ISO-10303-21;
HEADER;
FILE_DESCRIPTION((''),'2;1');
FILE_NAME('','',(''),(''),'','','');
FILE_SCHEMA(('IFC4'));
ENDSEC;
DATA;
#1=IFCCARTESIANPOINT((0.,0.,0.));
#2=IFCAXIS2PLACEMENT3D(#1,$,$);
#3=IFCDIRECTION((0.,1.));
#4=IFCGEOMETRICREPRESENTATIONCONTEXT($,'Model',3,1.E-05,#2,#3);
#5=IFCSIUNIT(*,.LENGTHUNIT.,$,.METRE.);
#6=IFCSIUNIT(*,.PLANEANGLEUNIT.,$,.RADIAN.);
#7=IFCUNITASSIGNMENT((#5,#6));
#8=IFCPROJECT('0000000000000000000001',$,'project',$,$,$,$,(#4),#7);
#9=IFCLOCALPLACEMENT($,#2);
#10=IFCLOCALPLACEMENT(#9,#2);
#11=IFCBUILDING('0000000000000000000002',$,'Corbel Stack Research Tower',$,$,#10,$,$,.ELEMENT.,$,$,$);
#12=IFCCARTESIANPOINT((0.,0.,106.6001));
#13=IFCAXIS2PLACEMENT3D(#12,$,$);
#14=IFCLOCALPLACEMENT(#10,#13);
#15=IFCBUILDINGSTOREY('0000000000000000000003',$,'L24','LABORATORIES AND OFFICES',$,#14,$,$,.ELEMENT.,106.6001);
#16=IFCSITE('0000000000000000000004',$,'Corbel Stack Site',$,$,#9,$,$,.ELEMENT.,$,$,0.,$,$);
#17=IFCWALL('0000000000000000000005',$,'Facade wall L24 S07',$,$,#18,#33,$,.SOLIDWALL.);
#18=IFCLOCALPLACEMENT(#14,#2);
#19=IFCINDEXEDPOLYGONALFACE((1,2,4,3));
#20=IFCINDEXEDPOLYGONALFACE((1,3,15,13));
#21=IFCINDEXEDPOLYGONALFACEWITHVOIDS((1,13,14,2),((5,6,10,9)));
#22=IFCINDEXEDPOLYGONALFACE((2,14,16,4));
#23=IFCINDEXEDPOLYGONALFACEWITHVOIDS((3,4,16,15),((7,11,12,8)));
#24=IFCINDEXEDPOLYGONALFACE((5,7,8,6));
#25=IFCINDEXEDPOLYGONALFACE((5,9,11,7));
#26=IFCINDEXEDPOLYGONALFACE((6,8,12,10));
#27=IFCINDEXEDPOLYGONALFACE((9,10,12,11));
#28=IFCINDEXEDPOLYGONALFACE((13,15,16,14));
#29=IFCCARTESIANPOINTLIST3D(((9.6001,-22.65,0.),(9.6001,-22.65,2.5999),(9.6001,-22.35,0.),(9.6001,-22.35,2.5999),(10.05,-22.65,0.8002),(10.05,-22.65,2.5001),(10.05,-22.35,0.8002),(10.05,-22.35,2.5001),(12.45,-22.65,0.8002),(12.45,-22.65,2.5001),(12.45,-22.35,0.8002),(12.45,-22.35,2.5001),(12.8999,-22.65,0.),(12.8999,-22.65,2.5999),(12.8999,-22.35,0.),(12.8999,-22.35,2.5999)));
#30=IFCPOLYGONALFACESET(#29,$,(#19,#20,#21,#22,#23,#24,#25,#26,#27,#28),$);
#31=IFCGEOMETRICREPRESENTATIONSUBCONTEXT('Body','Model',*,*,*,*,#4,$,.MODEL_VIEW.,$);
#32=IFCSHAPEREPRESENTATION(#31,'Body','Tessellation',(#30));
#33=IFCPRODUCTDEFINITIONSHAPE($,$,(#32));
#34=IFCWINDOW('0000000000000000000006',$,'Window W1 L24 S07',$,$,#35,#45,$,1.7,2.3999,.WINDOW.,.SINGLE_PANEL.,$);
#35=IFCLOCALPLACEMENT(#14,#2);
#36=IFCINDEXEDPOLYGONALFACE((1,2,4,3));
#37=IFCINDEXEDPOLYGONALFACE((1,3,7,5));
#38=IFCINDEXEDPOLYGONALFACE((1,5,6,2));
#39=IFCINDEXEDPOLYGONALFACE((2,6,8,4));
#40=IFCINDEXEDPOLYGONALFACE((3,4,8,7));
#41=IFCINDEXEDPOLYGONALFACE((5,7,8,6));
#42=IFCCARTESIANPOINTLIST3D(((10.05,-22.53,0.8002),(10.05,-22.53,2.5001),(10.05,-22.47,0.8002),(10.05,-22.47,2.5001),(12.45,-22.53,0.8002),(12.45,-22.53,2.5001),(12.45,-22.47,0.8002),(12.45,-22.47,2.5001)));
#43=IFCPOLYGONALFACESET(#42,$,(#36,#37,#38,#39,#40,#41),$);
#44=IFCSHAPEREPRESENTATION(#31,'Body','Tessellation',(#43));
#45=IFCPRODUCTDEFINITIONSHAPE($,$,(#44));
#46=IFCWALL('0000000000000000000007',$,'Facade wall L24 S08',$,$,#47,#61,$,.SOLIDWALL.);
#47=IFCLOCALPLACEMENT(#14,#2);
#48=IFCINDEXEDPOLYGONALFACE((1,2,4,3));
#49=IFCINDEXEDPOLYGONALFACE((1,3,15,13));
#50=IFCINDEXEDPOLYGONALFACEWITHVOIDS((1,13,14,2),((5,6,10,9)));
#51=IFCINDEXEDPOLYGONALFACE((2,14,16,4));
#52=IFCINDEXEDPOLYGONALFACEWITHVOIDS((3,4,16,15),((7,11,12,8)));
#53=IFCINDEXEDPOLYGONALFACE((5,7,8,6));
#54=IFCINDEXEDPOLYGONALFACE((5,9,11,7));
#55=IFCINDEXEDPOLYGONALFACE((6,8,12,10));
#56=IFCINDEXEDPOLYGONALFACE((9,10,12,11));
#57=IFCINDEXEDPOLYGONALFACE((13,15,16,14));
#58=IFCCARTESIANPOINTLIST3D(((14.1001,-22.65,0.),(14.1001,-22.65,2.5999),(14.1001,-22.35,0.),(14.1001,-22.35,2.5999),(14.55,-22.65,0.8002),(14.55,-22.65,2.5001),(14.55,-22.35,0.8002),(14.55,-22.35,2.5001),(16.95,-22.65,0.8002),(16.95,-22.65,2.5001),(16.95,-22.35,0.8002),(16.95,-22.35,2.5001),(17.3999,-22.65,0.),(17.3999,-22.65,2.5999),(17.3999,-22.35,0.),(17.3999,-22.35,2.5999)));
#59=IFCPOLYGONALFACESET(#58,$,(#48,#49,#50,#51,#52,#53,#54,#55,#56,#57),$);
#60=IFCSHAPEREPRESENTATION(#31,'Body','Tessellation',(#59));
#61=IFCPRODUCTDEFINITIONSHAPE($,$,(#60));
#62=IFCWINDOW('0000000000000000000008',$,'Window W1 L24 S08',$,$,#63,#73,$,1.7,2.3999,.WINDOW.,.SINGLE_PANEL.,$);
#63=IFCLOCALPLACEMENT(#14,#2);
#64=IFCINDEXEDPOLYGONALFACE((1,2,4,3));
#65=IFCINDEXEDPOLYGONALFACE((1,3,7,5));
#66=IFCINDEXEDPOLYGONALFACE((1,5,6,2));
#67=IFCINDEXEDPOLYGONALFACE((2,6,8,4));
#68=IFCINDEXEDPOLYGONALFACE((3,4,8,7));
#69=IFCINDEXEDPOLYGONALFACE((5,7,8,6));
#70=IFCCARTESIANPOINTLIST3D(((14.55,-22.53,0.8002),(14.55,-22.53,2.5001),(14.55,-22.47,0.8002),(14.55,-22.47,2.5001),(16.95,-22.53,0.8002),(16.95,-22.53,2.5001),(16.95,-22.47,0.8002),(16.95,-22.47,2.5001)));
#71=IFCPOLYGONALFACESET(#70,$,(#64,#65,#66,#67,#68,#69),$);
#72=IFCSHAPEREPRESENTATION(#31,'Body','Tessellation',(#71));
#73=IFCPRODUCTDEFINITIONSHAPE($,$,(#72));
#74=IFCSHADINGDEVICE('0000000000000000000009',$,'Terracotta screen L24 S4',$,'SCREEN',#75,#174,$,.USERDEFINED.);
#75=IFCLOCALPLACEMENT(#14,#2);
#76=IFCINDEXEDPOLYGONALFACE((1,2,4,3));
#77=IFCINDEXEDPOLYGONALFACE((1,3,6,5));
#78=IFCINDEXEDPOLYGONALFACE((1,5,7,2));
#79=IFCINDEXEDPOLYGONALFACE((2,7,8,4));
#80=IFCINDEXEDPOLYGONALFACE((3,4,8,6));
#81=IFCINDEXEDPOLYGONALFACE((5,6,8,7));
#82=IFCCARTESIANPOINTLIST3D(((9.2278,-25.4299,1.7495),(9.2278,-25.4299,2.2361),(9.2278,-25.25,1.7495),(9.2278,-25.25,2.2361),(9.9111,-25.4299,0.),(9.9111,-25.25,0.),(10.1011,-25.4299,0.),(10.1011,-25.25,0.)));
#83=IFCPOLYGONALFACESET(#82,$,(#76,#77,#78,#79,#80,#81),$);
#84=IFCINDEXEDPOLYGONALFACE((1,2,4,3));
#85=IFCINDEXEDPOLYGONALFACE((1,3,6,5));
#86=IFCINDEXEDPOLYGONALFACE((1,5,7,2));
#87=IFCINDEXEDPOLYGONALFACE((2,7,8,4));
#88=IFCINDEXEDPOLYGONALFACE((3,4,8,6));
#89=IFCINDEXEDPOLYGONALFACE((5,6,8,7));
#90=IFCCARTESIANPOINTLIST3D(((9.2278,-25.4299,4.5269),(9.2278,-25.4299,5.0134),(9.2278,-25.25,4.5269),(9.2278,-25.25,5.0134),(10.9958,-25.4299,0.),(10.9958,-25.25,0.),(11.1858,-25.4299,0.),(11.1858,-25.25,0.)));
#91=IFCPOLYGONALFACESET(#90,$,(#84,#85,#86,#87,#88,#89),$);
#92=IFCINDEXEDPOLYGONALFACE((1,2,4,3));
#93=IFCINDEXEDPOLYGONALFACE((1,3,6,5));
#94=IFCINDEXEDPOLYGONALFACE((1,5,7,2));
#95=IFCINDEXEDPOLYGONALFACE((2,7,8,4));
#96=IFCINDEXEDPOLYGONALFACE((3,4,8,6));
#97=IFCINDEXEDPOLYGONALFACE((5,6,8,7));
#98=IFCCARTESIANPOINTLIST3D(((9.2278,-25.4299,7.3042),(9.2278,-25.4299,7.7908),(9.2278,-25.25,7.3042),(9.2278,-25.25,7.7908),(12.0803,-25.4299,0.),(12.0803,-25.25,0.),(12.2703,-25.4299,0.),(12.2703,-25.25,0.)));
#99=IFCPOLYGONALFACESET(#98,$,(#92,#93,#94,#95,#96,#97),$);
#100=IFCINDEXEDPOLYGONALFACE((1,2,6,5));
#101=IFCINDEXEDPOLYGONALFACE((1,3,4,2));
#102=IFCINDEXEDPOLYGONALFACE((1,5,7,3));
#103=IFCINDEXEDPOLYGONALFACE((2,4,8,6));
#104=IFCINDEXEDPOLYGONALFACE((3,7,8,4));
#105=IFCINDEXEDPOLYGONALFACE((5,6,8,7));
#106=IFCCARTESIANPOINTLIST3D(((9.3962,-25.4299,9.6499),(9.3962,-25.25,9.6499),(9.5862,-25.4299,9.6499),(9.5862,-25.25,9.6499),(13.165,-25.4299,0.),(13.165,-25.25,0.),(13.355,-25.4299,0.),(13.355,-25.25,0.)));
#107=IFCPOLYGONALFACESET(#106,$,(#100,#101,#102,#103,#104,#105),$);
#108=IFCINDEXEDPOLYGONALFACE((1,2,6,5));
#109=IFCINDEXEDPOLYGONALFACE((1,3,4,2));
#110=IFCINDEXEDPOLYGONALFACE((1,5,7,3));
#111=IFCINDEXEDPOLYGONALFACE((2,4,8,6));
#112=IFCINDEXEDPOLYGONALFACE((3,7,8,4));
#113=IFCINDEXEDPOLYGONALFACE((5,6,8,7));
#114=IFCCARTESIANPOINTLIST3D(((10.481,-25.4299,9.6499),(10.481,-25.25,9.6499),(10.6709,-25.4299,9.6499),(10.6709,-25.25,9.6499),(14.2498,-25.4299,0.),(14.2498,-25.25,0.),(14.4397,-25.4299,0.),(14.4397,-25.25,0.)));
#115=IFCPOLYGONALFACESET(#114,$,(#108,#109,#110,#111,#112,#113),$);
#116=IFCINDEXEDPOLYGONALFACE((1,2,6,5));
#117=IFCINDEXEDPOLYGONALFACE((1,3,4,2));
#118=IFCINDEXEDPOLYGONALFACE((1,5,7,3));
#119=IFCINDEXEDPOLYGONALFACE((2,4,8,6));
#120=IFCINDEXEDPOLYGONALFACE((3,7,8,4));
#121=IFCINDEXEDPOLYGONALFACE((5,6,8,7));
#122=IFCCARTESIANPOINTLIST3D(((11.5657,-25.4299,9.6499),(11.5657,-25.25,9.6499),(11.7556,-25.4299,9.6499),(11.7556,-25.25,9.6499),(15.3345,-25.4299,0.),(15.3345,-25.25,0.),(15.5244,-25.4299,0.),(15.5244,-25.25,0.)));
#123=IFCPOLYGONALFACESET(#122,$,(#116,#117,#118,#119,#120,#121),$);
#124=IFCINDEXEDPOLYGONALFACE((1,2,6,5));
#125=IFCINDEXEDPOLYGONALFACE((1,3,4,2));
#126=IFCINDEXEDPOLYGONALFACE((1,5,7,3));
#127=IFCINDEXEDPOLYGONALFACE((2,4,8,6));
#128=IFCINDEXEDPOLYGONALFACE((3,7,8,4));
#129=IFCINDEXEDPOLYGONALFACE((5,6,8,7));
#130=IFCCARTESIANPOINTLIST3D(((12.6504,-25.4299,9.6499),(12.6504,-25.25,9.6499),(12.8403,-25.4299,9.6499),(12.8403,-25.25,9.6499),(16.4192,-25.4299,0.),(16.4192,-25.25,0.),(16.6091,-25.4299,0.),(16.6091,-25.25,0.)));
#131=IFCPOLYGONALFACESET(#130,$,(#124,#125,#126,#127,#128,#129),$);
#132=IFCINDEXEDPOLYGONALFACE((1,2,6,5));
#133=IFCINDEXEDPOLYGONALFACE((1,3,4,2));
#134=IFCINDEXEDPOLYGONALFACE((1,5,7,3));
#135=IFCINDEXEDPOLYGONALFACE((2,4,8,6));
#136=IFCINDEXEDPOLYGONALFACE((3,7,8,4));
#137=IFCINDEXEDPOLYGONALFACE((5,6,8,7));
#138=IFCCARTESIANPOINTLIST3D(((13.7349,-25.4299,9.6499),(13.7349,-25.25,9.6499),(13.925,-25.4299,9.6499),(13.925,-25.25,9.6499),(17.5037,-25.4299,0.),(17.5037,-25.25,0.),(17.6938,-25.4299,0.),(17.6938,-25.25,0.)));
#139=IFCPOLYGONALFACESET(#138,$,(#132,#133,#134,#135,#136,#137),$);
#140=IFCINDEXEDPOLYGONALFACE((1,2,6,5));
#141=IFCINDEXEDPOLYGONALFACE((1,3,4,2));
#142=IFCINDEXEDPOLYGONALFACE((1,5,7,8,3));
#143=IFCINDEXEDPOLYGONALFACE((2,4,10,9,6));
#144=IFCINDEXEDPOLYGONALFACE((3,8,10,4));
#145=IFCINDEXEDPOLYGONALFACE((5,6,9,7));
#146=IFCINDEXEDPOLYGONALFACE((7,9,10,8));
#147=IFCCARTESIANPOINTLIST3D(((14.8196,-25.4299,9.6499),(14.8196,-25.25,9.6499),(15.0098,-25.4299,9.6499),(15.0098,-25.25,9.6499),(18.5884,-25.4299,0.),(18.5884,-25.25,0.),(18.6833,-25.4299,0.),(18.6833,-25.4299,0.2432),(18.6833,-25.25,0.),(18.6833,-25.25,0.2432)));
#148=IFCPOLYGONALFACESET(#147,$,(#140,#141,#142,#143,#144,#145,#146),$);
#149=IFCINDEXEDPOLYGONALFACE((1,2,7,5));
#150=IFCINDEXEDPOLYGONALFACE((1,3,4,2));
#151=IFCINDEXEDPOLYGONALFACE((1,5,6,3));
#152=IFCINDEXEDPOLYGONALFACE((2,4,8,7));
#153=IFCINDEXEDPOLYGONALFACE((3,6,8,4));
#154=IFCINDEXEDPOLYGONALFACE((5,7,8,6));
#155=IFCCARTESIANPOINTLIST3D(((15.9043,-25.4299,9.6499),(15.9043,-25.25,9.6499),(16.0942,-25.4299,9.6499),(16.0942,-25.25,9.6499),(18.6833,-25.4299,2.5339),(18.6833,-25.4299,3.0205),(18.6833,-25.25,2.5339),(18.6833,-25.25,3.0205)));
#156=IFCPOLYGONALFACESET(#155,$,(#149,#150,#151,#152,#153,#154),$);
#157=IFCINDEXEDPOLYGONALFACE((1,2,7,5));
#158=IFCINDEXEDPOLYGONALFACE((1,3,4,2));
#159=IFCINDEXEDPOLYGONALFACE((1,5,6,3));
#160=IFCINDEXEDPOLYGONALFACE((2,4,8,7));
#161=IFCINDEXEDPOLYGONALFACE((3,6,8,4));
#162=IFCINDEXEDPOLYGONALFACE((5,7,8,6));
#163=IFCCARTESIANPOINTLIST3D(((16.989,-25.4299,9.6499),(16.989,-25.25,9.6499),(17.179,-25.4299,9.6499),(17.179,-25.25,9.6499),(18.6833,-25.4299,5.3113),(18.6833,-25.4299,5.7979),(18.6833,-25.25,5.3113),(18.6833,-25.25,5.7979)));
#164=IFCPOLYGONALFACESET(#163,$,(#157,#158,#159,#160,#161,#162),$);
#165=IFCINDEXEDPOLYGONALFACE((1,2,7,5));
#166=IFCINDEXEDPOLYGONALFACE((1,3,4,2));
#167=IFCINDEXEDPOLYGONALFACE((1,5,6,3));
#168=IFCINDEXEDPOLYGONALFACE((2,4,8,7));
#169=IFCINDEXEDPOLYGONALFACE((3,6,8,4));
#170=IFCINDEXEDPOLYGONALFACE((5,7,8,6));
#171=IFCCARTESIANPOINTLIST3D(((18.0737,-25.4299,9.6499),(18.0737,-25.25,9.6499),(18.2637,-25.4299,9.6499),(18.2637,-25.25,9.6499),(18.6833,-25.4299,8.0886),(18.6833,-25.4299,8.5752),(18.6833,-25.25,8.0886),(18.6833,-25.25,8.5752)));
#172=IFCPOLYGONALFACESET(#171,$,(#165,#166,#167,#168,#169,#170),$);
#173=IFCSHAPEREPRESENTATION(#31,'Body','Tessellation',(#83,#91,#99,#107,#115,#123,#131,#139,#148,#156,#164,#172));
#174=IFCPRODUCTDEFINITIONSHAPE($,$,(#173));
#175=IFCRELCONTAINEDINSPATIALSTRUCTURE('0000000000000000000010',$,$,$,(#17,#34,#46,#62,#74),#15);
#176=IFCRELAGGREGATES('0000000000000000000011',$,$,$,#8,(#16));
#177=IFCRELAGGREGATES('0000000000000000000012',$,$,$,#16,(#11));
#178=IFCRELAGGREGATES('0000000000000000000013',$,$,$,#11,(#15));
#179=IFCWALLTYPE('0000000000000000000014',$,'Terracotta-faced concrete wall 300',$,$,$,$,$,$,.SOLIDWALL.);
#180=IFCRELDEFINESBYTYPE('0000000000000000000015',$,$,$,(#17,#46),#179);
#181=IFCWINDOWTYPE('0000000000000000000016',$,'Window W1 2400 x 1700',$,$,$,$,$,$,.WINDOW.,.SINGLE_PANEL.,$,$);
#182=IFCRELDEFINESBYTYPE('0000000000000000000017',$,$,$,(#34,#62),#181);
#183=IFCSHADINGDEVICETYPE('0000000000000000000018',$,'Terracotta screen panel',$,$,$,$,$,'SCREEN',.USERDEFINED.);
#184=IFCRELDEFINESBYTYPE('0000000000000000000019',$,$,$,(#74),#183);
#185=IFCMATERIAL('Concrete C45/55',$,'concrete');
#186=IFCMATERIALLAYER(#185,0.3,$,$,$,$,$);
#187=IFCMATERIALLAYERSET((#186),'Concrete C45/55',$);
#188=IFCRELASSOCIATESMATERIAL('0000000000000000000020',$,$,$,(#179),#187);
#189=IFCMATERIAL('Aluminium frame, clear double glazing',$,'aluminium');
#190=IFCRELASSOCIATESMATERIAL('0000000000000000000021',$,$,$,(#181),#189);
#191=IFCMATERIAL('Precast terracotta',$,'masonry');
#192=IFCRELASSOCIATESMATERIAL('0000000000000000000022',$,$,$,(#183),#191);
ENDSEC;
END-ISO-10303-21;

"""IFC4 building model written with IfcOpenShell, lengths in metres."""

from ifc_helpers import new_model, si_unit, direction, frame, frame_2d, origin, place, context, subcontext, project, spatial, polyline, rectangle, outline, extrude, source, transform, mapped, material, layer, layer_set, type_object, element, fill, save


model = new_model("IFC4")

# Units and contexts
model_context = context("Model", 3, precision=1e-05, world=origin(), true_north=direction((0.0, 1.0)))
body_context = subcontext(model_context, "Body", "Model", "MODEL_VIEW")
ifc_project = project(units=[si_unit("LENGTHUNIT", "METRE"), si_unit("PLANEANGLEUNIT", "RADIAN")], contexts=[model_context])

# Site, building, storey
site_placement = place(None, origin())
site = spatial("IfcSite", under=ifc_project, at=site_placement, Name="Corbel Stack Site", CompositionType="ELEMENT", RefElevation=0.0)
building_placement = place(site_placement, origin())
building = spatial("IfcBuilding", under=site, at=building_placement, Name="Corbel Stack Research Tower", CompositionType="ELEMENT")
storey_placement = place(building_placement, frame((0.0, 0.0, 106.6001)))
storey = spatial("IfcBuildingStorey", under=building, at=storey_placement, Name="L24", Description="LABORATORIES AND OFFICES", CompositionType="ELEMENT", Elevation=106.6001)

# Walls, openings, windows
ifc_material_1 = material(Name="Concrete C45/55", Category="concrete")
ifc_layer_1 = layer(ifc_material_1, 0.3)
ifc_layer_set_1 = layer_set([ifc_layer_1], Name="Concrete C45/55")
wall_type_1 = type_object("IfcWallType", Name="Terracotta-faced concrete wall 300", PredefinedType="SOLIDWALL", material=ifc_layer_set_1)
wall_1_placement = place(storey_placement, frame((12.8999, -22.5, 0.0), z_axis=(0.0, 0.0, 1.0), x_axis=(-1.0, 0.0, 0.0)))
wall_1 = element("IfcWall", 1, at=wall_1_placement, inside=storey, type_object=wall_type_1, Name="Facade wall L24 S07", PredefinedType="SOLIDWALL", context=body_context, shape_type="SweptSolid", body=[
    extrude(rectangle(XDim=3.2998, YDim=0.3, at=frame_2d((1.6499, 0.0))), origin(), (0.0, 0.0, 1.0), 2.5999),
])
opening_1_placement = place(wall_1_placement, frame((0.45, 0.0, 0.8)))
opening_1 = element("IfcOpeningElement", 2, at=opening_1_placement, cuts=wall_1, PredefinedType="OPENING", context=body_context, shape_type="SweptSolid", body=[
    extrude(rectangle(XDim=2.3999, YDim=1.7, at=frame_2d((1.2, 0.8501))), frame((0.0, 0.1599, 0.0), z_axis=(0.0, -1.0, 0.0), x_axis=(1.0, 0.0, 0.0)), (0.0, 0.0, 1.0), 0.3201),
])
ifc_material_2 = material(Name="Aluminium frame, clear double glazing", Category="aluminium")
window_type = type_object("IfcWindowType", Name="Window W1 2400 x 1700", PartitioningType="SINGLE_PANEL", PredefinedType="WINDOW", material=ifc_material_2)
window_1_placement = place(opening_1_placement, origin())
window_1 = element("IfcWindow", 3, at=window_1_placement, inside=storey, type_object=window_type, Name="Window W1 L24 S07", OverallHeight=1.7, OverallWidth=2.3999, PartitioningType="SINGLE_PANEL", PredefinedType="WINDOW", context=body_context, shape_type="SweptSolid", body=[
    extrude(rectangle(XDim=2.3999, YDim=1.7, at=frame_2d((1.2, 0.8501))), frame((0.0, 0.03, 0.0), z_axis=(0.0, -1.0, 0.0), x_axis=(1.0, 0.0, 0.0)), (0.0, 0.0, 1.0), 0.0601),
])
fill(opening_1, window_1)
wall_2_placement = place(storey_placement, frame((17.3999, -22.5, 0.0), z_axis=(0.0, 0.0, 1.0), x_axis=(-1.0, 0.0, 0.0)))
wall_2 = element("IfcWall", 4, at=wall_2_placement, inside=storey, type_object=wall_type_1, Name="Facade wall L24 S08", PredefinedType="SOLIDWALL", context=body_context, shape_type="SweptSolid", body=[
    extrude(rectangle(XDim=3.2998, YDim=0.3, at=frame_2d((1.6499, 0.0))), origin(), (0.0, 0.0, 1.0), 2.5999),
])
opening_2_placement = place(wall_2_placement, frame((0.45, 0.0, 0.8)))
opening_2 = element("IfcOpeningElement", 5, at=opening_2_placement, cuts=wall_2, PredefinedType="OPENING", context=body_context, shape_type="SweptSolid", body=[
    extrude(rectangle(XDim=2.3999, YDim=1.7, at=frame_2d((1.2, 0.8501))), frame((0.0, 0.1599, 0.0), z_axis=(0.0, -1.0, 0.0), x_axis=(1.0, 0.0, 0.0)), (0.0, 0.0, 1.0), 0.3201),
])
window_2_placement = place(opening_2_placement, origin())
window_2 = element("IfcWindow", 6, at=window_2_placement, inside=storey, type_object=window_type, Name="Window W1 L24 S08", OverallHeight=1.7, OverallWidth=2.3999, PartitioningType="SINGLE_PANEL", PredefinedType="WINDOW", context=body_context, shape_type="SweptSolid", body=[
    extrude(rectangle(XDim=2.3999, YDim=1.7, at=frame_2d((1.2, 0.8501))), frame((0.0, 0.03, 0.0), z_axis=(0.0, -1.0, 0.0), x_axis=(1.0, 0.0, 0.0)), (0.0, 0.0, 1.0), 0.0601),
])
fill(opening_2, window_2)

# Shading device
ifc_material_3 = material(Name="Precast terracotta", Category="masonry")
shading_device_type = type_object("IfcShadingDeviceType", Name="Terracotta screen panel", ElementType="SCREEN", PredefinedType="USERDEFINED", material=ifc_material_3)
shared_shape = source(origin(), body_context, "Body", "SweptSolid", [
    extrude(outline(polyline([(0.8733, 0.0), (0.0, 2.2361), (0.0, 1.7495), (0.6833, 0.0), (0.8733, 0.0)])), frame((0.0, 0.0, 0.0), z_axis=(0.0, -1.0, 0.0), x_axis=(1.0, 0.0, 0.0)), (0.0, 0.0, 1.0), 0.1799),
    extrude(outline(polyline([(1.958, 0.0), (0.0, 5.0134), (0.0, 4.5269), (1.7681, 0.0), (1.958, 0.0)])), frame((0.0, 0.0, 0.0), z_axis=(0.0, -1.0, 0.0), x_axis=(1.0, 0.0, 0.0)), (0.0, 0.0, 1.0), 0.1799),
    extrude(outline(polyline([(3.0425, 0.0), (0.0, 7.7908), (0.0, 7.3042), (2.8525, 0.0), (3.0425, 0.0)])), frame((0.0, 0.0, 0.0), z_axis=(0.0, -1.0, 0.0), x_axis=(1.0, 0.0, 0.0)), (0.0, 0.0, 1.0), 0.1799),
    extrude(outline(polyline([(4.1272, 0.0), (0.3584, 9.6499), (0.1685, 9.6499), (3.9373, 0.0), (4.1272, 0.0)])), frame((0.0, 0.0, 0.0), z_axis=(0.0, -1.0, 0.0), x_axis=(1.0, 0.0, 0.0)), (0.0, 0.0, 1.0), 0.1799),
    extrude(outline(polyline([(5.2119, 0.0), (1.4431, 9.6499), (1.2532, 9.6499), (5.022, 0.0), (5.2119, 0.0)])), frame((0.0, 0.0, 0.0), z_axis=(0.0, -1.0, 0.0), x_axis=(1.0, 0.0, 0.0)), (0.0, 0.0, 1.0), 0.1799),
    extrude(outline(polyline([(6.2966, 0.0), (2.5278, 9.6499), (2.3379, 9.6499), (6.1067, 0.0), (6.2966, 0.0)])), frame((0.0, 0.0, 0.0), z_axis=(0.0, -1.0, 0.0), x_axis=(1.0, 0.0, 0.0)), (0.0, 0.0, 1.0), 0.1799),
    extrude(outline(polyline([(7.3813, 0.0), (3.6125, 9.6499), (3.4226, 9.6499), (7.1914, 0.0), (7.3813, 0.0)])), frame((0.0, 0.0, 0.0), z_axis=(0.0, -1.0, 0.0), x_axis=(1.0, 0.0, 0.0)), (0.0, 0.0, 1.0), 0.1799),
    extrude(outline(polyline([(8.4661, 0.0), (4.6973, 9.6499), (4.5071, 9.6499), (8.2759, 0.0), (8.4661, 0.0)])), frame((0.0, 0.0, 0.0), z_axis=(0.0, -1.0, 0.0), x_axis=(1.0, 0.0, 0.0)), (0.0, 0.0, 1.0), 0.1799),
    extrude(outline(polyline([(9.4556, 0.0), (9.4556, 0.2432), (5.782, 9.6499), (5.5918, 9.6499), (9.3606, 0.0), (9.4556, 0.0)])), frame((0.0, 0.0, 0.0), z_axis=(0.0, -1.0, 0.0), x_axis=(1.0, 0.0, 0.0)), (0.0, 0.0, 1.0), 0.1799),
    extrude(outline(polyline([(6.8665, 9.6499), (6.6765, 9.6499), (9.4556, 2.5339), (9.4556, 3.0205), (6.8665, 9.6499)])), frame((0.0, 0.0, 0.0), z_axis=(0.0, -1.0, 0.0), x_axis=(1.0, 0.0, 0.0)), (0.0, 0.0, 1.0), 0.1799),
    extrude(outline(polyline([(7.9512, 9.6499), (7.7612, 9.6499), (9.4556, 5.3113), (9.4556, 5.7979), (7.9512, 9.6499)])), frame((0.0, 0.0, 0.0), z_axis=(0.0, -1.0, 0.0), x_axis=(1.0, 0.0, 0.0)), (0.0, 0.0, 1.0), 0.1799),
    extrude(outline(polyline([(9.0359, 9.6499), (8.8459, 9.6499), (9.4556, 8.0886), (9.4556, 8.5752), (9.0359, 9.6499)])), frame((0.0, 0.0, 0.0), z_axis=(0.0, -1.0, 0.0), x_axis=(1.0, 0.0, 0.0)), (0.0, 0.0, 1.0), 0.1799),
])
shading_device_placement = place(storey_placement, frame((9.2278, -25.25, 0.0), z_axis=(0.0, 0.0, 1.0), x_axis=(1.0, 0.0, 0.0)))
element("IfcShadingDevice", 7, at=shading_device_placement, inside=storey, type_object=shading_device_type, Name="Terracotta screen L24 S4", ObjectType="SCREEN", PredefinedType="USERDEFINED", context=body_context, shape_type="MappedRepresentation", body=[
    mapped(shared_shape, transform((0.0, 0.0, 0.0))),
])

save(model, "model.ifc")
